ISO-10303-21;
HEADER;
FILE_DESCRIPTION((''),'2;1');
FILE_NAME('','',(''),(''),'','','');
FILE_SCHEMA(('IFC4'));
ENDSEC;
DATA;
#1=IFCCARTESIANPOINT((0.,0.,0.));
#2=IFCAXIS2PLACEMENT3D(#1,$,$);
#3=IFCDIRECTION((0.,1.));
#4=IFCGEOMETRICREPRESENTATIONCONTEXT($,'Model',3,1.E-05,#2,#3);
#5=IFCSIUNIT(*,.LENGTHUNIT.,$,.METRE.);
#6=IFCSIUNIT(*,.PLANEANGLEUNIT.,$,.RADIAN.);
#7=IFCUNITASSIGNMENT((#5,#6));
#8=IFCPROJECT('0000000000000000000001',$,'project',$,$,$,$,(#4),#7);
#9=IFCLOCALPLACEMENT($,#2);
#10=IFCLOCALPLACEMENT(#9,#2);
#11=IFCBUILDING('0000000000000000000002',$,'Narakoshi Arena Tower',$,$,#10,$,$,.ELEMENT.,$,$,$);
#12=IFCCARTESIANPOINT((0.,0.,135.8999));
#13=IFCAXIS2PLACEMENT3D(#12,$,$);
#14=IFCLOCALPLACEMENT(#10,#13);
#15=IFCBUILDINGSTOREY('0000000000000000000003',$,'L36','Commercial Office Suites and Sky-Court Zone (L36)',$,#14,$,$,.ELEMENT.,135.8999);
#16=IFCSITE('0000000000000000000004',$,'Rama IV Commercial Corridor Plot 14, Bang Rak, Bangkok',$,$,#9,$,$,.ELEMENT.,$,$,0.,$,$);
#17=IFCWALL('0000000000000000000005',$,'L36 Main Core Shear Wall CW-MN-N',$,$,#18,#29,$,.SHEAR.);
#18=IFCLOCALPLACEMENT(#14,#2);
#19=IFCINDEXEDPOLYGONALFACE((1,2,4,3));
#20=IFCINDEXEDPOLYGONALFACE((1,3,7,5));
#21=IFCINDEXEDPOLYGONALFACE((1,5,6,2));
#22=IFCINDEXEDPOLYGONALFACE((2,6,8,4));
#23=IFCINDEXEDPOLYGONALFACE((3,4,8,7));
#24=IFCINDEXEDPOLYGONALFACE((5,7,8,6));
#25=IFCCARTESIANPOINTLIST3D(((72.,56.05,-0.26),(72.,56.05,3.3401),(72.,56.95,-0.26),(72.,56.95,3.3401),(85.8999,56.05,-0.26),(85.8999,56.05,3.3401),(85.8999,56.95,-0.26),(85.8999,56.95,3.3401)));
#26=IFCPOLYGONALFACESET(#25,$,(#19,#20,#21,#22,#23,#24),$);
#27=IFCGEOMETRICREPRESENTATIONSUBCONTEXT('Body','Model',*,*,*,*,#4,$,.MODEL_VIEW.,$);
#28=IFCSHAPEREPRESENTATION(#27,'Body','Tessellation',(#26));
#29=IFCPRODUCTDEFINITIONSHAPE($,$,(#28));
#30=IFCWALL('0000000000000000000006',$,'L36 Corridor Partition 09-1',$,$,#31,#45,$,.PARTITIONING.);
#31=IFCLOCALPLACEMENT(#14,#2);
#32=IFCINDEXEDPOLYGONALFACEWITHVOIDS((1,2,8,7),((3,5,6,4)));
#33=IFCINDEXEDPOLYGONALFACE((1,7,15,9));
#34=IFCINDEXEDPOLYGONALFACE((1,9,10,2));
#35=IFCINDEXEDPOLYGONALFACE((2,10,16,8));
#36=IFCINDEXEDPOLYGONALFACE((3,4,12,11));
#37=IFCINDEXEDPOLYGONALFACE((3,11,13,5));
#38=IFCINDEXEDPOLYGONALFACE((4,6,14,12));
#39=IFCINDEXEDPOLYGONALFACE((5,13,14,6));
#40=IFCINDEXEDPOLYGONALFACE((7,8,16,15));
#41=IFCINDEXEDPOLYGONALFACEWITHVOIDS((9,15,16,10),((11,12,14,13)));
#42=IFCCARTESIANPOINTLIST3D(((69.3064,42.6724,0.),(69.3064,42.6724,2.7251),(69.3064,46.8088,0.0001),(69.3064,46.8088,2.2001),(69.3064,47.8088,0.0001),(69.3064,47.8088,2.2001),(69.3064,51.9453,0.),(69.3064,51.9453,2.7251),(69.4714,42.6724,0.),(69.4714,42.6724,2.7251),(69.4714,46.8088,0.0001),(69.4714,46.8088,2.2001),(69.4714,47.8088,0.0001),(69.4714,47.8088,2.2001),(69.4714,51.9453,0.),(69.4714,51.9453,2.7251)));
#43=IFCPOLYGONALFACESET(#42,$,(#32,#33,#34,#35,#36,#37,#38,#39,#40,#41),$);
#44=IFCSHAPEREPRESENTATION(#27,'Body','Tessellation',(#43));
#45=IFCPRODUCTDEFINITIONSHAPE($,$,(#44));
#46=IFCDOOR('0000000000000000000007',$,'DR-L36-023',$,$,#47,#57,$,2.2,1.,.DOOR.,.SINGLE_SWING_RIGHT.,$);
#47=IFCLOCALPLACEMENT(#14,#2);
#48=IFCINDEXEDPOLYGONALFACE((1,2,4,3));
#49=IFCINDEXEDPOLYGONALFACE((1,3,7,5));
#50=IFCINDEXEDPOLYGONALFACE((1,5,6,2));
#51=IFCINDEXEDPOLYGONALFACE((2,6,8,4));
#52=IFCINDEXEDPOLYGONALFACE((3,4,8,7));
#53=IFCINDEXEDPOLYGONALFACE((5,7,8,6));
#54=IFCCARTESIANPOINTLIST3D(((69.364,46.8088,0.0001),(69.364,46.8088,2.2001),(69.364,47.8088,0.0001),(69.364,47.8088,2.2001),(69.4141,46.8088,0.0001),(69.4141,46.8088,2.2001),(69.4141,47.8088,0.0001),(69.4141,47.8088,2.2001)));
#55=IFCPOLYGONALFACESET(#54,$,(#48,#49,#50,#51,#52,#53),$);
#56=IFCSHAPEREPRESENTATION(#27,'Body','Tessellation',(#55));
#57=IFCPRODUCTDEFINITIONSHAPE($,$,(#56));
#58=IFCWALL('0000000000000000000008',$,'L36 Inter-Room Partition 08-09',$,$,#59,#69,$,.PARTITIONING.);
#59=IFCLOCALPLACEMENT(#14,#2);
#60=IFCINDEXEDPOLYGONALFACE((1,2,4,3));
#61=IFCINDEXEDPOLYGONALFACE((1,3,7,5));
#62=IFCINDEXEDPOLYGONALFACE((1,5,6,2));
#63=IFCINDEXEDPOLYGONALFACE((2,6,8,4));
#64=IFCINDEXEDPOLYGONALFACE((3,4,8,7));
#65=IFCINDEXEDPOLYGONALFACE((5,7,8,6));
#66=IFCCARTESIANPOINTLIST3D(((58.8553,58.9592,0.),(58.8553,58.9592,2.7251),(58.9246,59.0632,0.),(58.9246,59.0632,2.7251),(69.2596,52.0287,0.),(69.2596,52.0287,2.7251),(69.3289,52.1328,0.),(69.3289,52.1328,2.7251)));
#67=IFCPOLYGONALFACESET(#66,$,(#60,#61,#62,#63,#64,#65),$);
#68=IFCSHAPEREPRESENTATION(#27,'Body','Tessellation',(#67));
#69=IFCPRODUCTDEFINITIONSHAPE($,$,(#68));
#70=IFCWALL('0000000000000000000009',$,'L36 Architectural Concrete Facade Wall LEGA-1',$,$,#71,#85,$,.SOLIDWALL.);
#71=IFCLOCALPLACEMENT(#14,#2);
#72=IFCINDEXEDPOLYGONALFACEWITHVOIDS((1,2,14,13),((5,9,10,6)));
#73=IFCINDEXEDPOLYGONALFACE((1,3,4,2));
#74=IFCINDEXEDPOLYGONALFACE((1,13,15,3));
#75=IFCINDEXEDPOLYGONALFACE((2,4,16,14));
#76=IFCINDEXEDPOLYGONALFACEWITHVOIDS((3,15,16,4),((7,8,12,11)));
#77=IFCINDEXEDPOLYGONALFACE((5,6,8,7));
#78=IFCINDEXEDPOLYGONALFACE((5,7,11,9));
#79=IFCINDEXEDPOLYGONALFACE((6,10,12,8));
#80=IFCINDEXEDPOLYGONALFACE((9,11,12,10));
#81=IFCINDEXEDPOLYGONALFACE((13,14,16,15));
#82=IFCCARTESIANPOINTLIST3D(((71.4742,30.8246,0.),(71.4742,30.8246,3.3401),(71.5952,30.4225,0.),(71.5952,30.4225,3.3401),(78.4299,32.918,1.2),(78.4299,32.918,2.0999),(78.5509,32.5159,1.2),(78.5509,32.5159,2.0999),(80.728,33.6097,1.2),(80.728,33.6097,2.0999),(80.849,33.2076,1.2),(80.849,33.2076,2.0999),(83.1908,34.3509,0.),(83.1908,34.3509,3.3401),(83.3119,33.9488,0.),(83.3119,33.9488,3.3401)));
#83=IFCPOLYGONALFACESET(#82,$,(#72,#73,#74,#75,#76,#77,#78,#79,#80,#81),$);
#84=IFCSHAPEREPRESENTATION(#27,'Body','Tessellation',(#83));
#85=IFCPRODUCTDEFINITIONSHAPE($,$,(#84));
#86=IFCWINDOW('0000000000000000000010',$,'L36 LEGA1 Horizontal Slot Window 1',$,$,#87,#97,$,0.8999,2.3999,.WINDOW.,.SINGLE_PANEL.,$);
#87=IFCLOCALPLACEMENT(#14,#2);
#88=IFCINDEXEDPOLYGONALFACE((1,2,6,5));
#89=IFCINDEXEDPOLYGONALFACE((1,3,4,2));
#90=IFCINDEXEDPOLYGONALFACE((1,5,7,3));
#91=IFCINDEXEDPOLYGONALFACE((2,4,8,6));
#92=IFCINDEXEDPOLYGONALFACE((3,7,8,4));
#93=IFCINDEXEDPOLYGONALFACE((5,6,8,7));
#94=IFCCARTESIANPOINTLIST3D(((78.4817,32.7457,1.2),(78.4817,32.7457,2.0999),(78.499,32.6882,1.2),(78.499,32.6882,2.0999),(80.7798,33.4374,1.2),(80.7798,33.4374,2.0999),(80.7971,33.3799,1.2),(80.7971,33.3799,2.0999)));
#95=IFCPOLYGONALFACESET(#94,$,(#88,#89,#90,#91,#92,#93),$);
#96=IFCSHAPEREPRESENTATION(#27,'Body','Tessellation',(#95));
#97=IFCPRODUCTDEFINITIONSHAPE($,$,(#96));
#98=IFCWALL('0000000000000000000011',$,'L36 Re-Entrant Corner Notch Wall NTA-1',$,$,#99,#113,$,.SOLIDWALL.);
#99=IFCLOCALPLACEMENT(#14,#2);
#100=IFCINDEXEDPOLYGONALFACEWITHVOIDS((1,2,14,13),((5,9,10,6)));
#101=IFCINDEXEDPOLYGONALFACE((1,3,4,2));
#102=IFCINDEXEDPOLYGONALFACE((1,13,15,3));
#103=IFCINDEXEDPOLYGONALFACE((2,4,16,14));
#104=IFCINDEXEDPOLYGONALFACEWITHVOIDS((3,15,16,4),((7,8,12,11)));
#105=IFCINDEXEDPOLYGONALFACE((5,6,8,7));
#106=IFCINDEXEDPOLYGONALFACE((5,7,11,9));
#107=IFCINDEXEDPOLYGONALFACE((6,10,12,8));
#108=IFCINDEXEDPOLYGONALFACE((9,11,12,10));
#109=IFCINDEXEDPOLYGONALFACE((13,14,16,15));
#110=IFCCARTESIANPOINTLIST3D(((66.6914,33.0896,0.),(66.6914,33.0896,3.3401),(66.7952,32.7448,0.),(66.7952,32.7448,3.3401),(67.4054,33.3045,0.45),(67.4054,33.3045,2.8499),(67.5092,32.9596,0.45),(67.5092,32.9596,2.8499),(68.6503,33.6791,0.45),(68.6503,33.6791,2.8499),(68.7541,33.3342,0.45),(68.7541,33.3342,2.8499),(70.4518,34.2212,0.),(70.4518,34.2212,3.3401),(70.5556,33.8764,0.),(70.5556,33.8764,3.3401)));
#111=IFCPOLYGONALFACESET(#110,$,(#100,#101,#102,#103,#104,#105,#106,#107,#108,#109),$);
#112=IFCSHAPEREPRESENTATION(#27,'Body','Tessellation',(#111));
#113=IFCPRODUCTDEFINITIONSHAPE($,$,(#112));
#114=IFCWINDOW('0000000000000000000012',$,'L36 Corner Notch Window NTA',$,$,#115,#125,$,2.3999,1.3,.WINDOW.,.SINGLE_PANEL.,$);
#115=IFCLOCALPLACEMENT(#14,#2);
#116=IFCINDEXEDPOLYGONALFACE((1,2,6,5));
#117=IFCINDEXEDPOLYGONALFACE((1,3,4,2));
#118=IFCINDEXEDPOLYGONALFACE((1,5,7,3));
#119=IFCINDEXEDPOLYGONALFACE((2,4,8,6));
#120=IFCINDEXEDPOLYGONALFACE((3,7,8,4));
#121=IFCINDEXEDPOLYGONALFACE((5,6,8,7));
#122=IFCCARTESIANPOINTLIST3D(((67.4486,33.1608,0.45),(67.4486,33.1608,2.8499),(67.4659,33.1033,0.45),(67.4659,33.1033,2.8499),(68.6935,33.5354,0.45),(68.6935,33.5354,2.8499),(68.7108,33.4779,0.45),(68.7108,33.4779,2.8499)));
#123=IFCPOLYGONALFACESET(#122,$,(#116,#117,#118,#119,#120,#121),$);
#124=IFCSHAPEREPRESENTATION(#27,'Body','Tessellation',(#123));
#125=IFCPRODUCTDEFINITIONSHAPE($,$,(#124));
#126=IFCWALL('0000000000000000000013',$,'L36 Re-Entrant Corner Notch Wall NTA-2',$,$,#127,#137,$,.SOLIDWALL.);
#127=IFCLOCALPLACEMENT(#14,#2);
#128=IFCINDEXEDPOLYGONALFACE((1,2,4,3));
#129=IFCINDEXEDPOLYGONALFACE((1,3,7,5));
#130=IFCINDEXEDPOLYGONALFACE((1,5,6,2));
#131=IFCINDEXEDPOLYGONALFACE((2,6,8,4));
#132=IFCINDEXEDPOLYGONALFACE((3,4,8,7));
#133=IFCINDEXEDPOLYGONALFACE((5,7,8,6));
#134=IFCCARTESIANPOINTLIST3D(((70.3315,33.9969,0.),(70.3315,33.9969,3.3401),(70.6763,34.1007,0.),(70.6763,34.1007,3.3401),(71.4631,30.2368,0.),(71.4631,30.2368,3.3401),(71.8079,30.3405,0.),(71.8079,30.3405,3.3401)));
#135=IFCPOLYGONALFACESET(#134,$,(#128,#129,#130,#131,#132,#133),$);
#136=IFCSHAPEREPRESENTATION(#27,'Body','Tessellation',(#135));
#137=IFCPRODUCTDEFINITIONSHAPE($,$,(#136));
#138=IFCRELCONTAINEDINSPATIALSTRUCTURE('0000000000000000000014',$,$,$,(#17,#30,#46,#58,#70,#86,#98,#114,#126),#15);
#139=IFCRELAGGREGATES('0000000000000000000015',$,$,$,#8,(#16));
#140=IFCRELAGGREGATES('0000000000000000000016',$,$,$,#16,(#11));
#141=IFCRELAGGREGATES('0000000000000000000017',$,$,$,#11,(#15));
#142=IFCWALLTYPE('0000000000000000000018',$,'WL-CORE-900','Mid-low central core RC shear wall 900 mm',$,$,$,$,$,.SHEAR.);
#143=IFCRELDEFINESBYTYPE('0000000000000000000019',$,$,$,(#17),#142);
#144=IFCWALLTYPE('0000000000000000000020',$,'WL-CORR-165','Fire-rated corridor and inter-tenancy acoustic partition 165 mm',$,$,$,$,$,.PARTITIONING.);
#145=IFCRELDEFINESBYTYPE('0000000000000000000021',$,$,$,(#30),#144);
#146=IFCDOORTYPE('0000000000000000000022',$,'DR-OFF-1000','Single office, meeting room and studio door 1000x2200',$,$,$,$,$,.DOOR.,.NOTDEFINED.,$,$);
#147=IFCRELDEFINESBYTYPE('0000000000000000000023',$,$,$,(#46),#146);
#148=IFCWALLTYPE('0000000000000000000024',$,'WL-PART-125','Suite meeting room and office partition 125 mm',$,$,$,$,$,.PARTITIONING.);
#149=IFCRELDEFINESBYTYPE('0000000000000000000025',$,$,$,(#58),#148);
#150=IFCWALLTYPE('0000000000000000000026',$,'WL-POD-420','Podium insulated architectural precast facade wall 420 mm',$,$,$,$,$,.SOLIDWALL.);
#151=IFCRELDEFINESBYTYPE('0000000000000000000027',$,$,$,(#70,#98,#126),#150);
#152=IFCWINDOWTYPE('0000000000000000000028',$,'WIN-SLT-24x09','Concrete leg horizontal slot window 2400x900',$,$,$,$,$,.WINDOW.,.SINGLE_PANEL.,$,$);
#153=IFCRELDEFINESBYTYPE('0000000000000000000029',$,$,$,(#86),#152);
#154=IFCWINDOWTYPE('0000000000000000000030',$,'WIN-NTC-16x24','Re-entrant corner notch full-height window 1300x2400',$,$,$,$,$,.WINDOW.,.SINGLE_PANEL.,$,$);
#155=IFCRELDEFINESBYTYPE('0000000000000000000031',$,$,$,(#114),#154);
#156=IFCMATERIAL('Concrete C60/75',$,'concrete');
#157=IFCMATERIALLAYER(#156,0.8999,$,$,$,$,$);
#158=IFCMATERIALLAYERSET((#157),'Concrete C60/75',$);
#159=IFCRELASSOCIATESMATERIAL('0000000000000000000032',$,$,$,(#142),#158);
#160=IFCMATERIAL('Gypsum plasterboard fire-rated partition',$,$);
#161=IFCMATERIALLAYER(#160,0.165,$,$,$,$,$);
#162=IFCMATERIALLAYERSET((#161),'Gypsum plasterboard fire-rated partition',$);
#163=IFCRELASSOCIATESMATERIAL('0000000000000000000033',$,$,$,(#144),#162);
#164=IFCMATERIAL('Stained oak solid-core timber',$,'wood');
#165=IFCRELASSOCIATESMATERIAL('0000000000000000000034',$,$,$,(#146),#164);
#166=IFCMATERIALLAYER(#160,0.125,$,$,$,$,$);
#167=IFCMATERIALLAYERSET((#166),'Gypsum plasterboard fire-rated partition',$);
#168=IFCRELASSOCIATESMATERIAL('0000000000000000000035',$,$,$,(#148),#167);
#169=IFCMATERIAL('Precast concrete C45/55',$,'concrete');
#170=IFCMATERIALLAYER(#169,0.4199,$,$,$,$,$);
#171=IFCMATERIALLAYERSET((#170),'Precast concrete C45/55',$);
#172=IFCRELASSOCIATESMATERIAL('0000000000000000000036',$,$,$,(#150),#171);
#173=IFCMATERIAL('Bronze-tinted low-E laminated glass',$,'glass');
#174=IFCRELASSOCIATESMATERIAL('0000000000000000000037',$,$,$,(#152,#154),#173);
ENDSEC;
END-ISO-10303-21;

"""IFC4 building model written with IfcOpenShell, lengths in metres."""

from ifc_helpers import new_model, si_unit, direction, frame, frame_2d, origin, place, context, subcontext, project, spatial, rectangle, extrude, material, layer, layer_set, type_object, element, fill, save


model = new_model("IFC4")

# Units and contexts
model_context = context("Model", 3, precision=1e-05, world=origin(), true_north=direction((0.0, 1.0)))
body_context = subcontext(model_context, "Body", "Model", "MODEL_VIEW")
ifc_project = project(units=[si_unit("LENGTHUNIT", "METRE"), si_unit("PLANEANGLEUNIT", "RADIAN")], contexts=[model_context])

# Site, building, storey
site_placement = place(None, origin())
site = spatial("IfcSite", under=ifc_project, at=site_placement, Name="Rama IV Commercial Corridor Plot 14, Bang Rak, Bangkok", CompositionType="ELEMENT", RefElevation=0.0)
building_placement = place(site_placement, origin())
building = spatial("IfcBuilding", under=site, at=building_placement, Name="Narakoshi Arena Tower", CompositionType="ELEMENT")
storey_placement = place(building_placement, frame((0.0, 0.0, 135.8999)))
storey = spatial("IfcBuildingStorey", under=building, at=storey_placement, Name="L36", Description="Commercial Office Suites and Sky-Court Zone (L36)", CompositionType="ELEMENT", Elevation=135.8999)

# Shared definitions
ifc_material_1 = material(Name="Concrete C60/75", Category="concrete")

# Wall
ifc_layer_1 = layer(ifc_material_1, 0.8999)
ifc_layer_set_1 = layer_set([ifc_layer_1], Name="Concrete C60/75")
wall_type_1 = type_object("IfcWallType", Name="WL-CORE-900", Description="Mid-low central core RC shear wall 900 mm", PredefinedType="SHEAR", material=ifc_layer_set_1)
for number, where, z_axis, x_axis, name in (
    (1, (72.0, 56.5, -0.26), (0.0, 0.0, 1.0), (1.0, 0.0, 0.0), "L36 Main Core Shear Wall CW-MN-N"),
):
    element("IfcWall", number, at=place(storey_placement, frame(where, z_axis=z_axis, x_axis=x_axis)), inside=storey, type_object=wall_type_1, Name=name, PredefinedType="SHEAR", context=body_context, shape_type="SweptSolid", body=[
        extrude(rectangle(XDim=13.8999, YDim=0.8999, at=frame_2d((6.95, 0.0))), origin(), (0.0, 0.0, 1.0), 3.6001),
    ])

# Wall, opening, door
ifc_material_2 = material(Name="Gypsum plasterboard fire-rated partition")
ifc_layer_2 = layer(ifc_material_2, 0.165)
ifc_layer_set_2 = layer_set([ifc_layer_2], Name="Gypsum plasterboard fire-rated partition")
wall_type_2 = type_object("IfcWallType", Name="WL-CORR-165", Description="Fire-rated corridor and inter-tenancy acoustic partition 165 mm", PredefinedType="PARTITIONING", material=ifc_layer_set_2)
wall_1_placement = place(storey_placement, frame((69.3889, 51.9453, 0.0), z_axis=(0.0, 0.0, 1.0), x_axis=(0.0, -1.0, 0.0)))
wall_1 = element("IfcWall", 2, at=wall_1_placement, inside=storey, type_object=wall_type_2, Name="L36 Corridor Partition 09-1", PredefinedType="PARTITIONING", context=body_context, shape_type="SweptSolid", body=[
    extrude(rectangle(XDim=9.2729, YDim=0.165, at=frame_2d((4.6365, 0.0))), origin(), (0.0, 0.0, 1.0), 2.7251),
])
opening_1_placement = place(wall_1_placement, frame((4.1365, 0.0, 0.0)))
opening_1 = element("IfcOpeningElement", 3, at=opening_1_placement, cuts=wall_1, PredefinedType="OPENING", context=body_context, shape_type="SweptSolid", body=[
    extrude(rectangle(XDim=1.0, YDim=2.2, at=frame_2d((0.5, 1.1001))), frame((0.0, 0.0925, 0.0), z_axis=(0.0, -1.0, 0.0), x_axis=(1.0, 0.0, 0.0)), (0.0, 0.0, 1.0), 0.1851),
])
ifc_material_3 = material(Name="Stained oak solid-core timber", Category="wood")
door_type_1 = type_object("IfcDoorType", Name="DR-OFF-1000", Description="Single office, meeting room and studio door 1000x2200", OperationType="NOTDEFINED", PredefinedType="DOOR", material=ifc_material_3)
door_1_placement = place(opening_1_placement, frame((1.0, 0.0, 0.0), z_axis=(0.0, 0.0, 1.0), x_axis=(-1.0, 0.0, 0.0)))
door_1 = element("IfcDoor", 4, at=door_1_placement, inside=storey, type_object=door_type_1, Name="DR-L36-023", OperationType="SINGLE_SWING_RIGHT", OverallHeight=2.2, OverallWidth=1.0, PredefinedType="DOOR", context=body_context, shape_type="SweptSolid", body=[
    extrude(rectangle(XDim=1.0, YDim=2.2, at=frame_2d((0.5, 1.1001))), frame((0.0, 0.0249, 0.0), z_axis=(0.0, -1.0, 0.0), x_axis=(1.0, 0.0, 0.0)), (0.0, 0.0, 1.0), 0.05),
])
fill(opening_1, door_1)

# Wall
ifc_layer_3 = layer(ifc_material_2, 0.125)
ifc_layer_set_3 = layer_set([ifc_layer_3], Name="Gypsum plasterboard fire-rated partition")
wall_type_3 = type_object("IfcWallType", Name="WL-PART-125", Description="Suite meeting room and office partition 125 mm", PredefinedType="PARTITIONING", material=ifc_layer_set_3)
wall_2_placement = place(storey_placement, frame((69.2942, 52.0808, 0.0), z_axis=(0.0, 0.0, 1.0), x_axis=(-0.832264, 0.55438, 0.0)))
element("IfcWall", 5, at=wall_2_placement, inside=storey, type_object=wall_type_3, Name="L36 Inter-Room Partition 08-09", PredefinedType="PARTITIONING", context=body_context, shape_type="SweptSolid", body=[
    extrude(rectangle(XDim=12.5012, YDim=0.125, at=frame_2d((6.2505, 0.0))), origin(), (0.0, 0.0, 1.0), 2.7251),
])

# Walls, openings, windows
ifc_material_4 = material(Name="Precast concrete C45/55", Category="concrete")
ifc_layer_4 = layer(ifc_material_4, 0.4199)
ifc_layer_set_4 = layer_set([ifc_layer_4], Name="Precast concrete C45/55")
wall_type_4 = type_object("IfcWallType", Name="WL-POD-420", Description="Podium insulated architectural precast facade wall 420 mm", PredefinedType="SOLIDWALL", material=ifc_layer_set_4)
wall_3_placement = place(storey_placement, frame((71.5347, 30.6235, 0.0), z_axis=(0.0, 0.0, 1.0), x_axis=(0.957571, 0.288197, 0.0)))
wall_3 = element("IfcWall", 6, at=wall_3_placement, inside=storey, type_object=wall_type_4, Name="L36 Architectural Concrete Facade Wall LEGA-1", PredefinedType="SOLIDWALL", context=body_context, shape_type="SweptSolid", body=[
    extrude(rectangle(XDim=12.2358, YDim=0.4199, at=frame_2d((6.1179, 0.0))), origin(), (0.0, 0.0, 1.0), 3.3401),
])
opening_2_placement = place(wall_3_placement, frame((7.2639, 0.0, 1.2)))
opening_2 = element("IfcOpeningElement", 7, at=opening_2_placement, cuts=wall_3, PredefinedType="OPENING", context=body_context, shape_type="SweptSolid", body=[
    extrude(rectangle(XDim=2.3999, YDim=0.8999, at=frame_2d((1.2, 0.45))), frame((0.0, 0.22, 0.0), z_axis=(0.0, -1.0, 0.0), x_axis=(1.0, 0.0, 0.0)), (0.0, 0.0, 1.0), 0.4399),
])
ifc_material_5 = material(Name="Bronze-tinted low-E laminated glass", Category="glass")
window_type_1 = type_object("IfcWindowType", Name="WIN-SLT-24x09", Description="Concrete leg horizontal slot window 2400x900", PartitioningType="SINGLE_PANEL", PredefinedType="WINDOW", material=ifc_material_5)
window_1_placement = place(opening_2_placement, origin())
window_1 = element("IfcWindow", 8, at=window_1_placement, inside=storey, type_object=window_type_1, Name="L36 LEGA1 Horizontal Slot Window 1", OverallHeight=0.8999, OverallWidth=2.3999, PartitioningType="SINGLE_PANEL", PredefinedType="WINDOW", context=body_context, shape_type="SweptSolid", body=[
    extrude(rectangle(XDim=2.3999, YDim=0.8999, at=frame_2d((1.2, 0.45))), frame((0.0, 0.03, 0.0), z_axis=(0.0, -1.0, 0.0), x_axis=(1.0, 0.0, 0.0)), (0.0, 0.0, 1.0), 0.0601),
])
fill(opening_2, window_1)
wall_4_placement = place(storey_placement, frame((66.7434, 32.9172, 0.0), z_axis=(0.0, 0.0, 1.0), x_axis=(0.957585, 0.288152, 0.0)))
wall_4 = element("IfcWall", 9, at=wall_4_placement, inside=storey, type_object=wall_type_4, Name="L36 Re-Entrant Corner Notch Wall NTA-1", PredefinedType="SOLIDWALL", context=body_context, shape_type="SweptSolid", body=[
    extrude(rectangle(XDim=3.927, YDim=0.3601, at=frame_2d((1.9634, 0.0))), origin(), (0.0, 0.0, 1.0), 3.3401),
])
opening_3_placement = place(wall_4_placement, frame((0.7456, 0.0, 0.45)))
opening_3 = element("IfcOpeningElement", 10, at=opening_3_placement, cuts=wall_4, PredefinedType="OPENING", context=body_context, shape_type="SweptSolid", body=[
    extrude(rectangle(XDim=1.3, YDim=2.3999, at=frame_2d((0.6499, 1.2))), frame((0.0, 0.1899, 0.0), z_axis=(0.0, -1.0, 0.0), x_axis=(1.0, 0.0, 0.0)), (0.0, 0.0, 1.0), 0.3801),
])
window_type_2 = type_object("IfcWindowType", Name="WIN-NTC-16x24", Description="Re-entrant corner notch full-height window 1300x2400", PartitioningType="SINGLE_PANEL", PredefinedType="WINDOW", material=ifc_material_5)
window_2_placement = place(opening_3_placement, origin())
window_2 = element("IfcWindow", 11, at=window_2_placement, inside=storey, type_object=window_type_2, Name="L36 Corner Notch Window NTA", OverallHeight=2.3999, OverallWidth=1.3, PartitioningType="SINGLE_PANEL", PredefinedType="WINDOW", context=body_context, shape_type="SweptSolid", body=[
    extrude(rectangle(XDim=1.3, YDim=2.3999, at=frame_2d((0.6499, 1.2))), frame((0.0, 0.03, 0.0), z_axis=(0.0, -1.0, 0.0), x_axis=(1.0, 0.0, 0.0)), (0.0, 0.0, 1.0), 0.0601),
])
fill(opening_3, window_2)

# Wall
wall_5_placement = place(storey_placement, frame((70.5039, 34.0488, 0.0), z_axis=(0.0, 0.0, 1.0), x_axis=(0.288169, -0.95758, 0.0)))
element("IfcWall", 12, at=wall_5_placement, inside=storey, type_object=wall_type_4, Name="L36 Re-Entrant Corner Notch Wall NTA-2", PredefinedType="SOLIDWALL", context=body_context, shape_type="SweptSolid", body=[
    extrude(rectangle(XDim=3.9268, YDim=0.3601, at=frame_2d((1.9634, 0.0))), origin(), (0.0, 0.0, 1.0), 3.3401),
])

save(model, "model.ifc")
